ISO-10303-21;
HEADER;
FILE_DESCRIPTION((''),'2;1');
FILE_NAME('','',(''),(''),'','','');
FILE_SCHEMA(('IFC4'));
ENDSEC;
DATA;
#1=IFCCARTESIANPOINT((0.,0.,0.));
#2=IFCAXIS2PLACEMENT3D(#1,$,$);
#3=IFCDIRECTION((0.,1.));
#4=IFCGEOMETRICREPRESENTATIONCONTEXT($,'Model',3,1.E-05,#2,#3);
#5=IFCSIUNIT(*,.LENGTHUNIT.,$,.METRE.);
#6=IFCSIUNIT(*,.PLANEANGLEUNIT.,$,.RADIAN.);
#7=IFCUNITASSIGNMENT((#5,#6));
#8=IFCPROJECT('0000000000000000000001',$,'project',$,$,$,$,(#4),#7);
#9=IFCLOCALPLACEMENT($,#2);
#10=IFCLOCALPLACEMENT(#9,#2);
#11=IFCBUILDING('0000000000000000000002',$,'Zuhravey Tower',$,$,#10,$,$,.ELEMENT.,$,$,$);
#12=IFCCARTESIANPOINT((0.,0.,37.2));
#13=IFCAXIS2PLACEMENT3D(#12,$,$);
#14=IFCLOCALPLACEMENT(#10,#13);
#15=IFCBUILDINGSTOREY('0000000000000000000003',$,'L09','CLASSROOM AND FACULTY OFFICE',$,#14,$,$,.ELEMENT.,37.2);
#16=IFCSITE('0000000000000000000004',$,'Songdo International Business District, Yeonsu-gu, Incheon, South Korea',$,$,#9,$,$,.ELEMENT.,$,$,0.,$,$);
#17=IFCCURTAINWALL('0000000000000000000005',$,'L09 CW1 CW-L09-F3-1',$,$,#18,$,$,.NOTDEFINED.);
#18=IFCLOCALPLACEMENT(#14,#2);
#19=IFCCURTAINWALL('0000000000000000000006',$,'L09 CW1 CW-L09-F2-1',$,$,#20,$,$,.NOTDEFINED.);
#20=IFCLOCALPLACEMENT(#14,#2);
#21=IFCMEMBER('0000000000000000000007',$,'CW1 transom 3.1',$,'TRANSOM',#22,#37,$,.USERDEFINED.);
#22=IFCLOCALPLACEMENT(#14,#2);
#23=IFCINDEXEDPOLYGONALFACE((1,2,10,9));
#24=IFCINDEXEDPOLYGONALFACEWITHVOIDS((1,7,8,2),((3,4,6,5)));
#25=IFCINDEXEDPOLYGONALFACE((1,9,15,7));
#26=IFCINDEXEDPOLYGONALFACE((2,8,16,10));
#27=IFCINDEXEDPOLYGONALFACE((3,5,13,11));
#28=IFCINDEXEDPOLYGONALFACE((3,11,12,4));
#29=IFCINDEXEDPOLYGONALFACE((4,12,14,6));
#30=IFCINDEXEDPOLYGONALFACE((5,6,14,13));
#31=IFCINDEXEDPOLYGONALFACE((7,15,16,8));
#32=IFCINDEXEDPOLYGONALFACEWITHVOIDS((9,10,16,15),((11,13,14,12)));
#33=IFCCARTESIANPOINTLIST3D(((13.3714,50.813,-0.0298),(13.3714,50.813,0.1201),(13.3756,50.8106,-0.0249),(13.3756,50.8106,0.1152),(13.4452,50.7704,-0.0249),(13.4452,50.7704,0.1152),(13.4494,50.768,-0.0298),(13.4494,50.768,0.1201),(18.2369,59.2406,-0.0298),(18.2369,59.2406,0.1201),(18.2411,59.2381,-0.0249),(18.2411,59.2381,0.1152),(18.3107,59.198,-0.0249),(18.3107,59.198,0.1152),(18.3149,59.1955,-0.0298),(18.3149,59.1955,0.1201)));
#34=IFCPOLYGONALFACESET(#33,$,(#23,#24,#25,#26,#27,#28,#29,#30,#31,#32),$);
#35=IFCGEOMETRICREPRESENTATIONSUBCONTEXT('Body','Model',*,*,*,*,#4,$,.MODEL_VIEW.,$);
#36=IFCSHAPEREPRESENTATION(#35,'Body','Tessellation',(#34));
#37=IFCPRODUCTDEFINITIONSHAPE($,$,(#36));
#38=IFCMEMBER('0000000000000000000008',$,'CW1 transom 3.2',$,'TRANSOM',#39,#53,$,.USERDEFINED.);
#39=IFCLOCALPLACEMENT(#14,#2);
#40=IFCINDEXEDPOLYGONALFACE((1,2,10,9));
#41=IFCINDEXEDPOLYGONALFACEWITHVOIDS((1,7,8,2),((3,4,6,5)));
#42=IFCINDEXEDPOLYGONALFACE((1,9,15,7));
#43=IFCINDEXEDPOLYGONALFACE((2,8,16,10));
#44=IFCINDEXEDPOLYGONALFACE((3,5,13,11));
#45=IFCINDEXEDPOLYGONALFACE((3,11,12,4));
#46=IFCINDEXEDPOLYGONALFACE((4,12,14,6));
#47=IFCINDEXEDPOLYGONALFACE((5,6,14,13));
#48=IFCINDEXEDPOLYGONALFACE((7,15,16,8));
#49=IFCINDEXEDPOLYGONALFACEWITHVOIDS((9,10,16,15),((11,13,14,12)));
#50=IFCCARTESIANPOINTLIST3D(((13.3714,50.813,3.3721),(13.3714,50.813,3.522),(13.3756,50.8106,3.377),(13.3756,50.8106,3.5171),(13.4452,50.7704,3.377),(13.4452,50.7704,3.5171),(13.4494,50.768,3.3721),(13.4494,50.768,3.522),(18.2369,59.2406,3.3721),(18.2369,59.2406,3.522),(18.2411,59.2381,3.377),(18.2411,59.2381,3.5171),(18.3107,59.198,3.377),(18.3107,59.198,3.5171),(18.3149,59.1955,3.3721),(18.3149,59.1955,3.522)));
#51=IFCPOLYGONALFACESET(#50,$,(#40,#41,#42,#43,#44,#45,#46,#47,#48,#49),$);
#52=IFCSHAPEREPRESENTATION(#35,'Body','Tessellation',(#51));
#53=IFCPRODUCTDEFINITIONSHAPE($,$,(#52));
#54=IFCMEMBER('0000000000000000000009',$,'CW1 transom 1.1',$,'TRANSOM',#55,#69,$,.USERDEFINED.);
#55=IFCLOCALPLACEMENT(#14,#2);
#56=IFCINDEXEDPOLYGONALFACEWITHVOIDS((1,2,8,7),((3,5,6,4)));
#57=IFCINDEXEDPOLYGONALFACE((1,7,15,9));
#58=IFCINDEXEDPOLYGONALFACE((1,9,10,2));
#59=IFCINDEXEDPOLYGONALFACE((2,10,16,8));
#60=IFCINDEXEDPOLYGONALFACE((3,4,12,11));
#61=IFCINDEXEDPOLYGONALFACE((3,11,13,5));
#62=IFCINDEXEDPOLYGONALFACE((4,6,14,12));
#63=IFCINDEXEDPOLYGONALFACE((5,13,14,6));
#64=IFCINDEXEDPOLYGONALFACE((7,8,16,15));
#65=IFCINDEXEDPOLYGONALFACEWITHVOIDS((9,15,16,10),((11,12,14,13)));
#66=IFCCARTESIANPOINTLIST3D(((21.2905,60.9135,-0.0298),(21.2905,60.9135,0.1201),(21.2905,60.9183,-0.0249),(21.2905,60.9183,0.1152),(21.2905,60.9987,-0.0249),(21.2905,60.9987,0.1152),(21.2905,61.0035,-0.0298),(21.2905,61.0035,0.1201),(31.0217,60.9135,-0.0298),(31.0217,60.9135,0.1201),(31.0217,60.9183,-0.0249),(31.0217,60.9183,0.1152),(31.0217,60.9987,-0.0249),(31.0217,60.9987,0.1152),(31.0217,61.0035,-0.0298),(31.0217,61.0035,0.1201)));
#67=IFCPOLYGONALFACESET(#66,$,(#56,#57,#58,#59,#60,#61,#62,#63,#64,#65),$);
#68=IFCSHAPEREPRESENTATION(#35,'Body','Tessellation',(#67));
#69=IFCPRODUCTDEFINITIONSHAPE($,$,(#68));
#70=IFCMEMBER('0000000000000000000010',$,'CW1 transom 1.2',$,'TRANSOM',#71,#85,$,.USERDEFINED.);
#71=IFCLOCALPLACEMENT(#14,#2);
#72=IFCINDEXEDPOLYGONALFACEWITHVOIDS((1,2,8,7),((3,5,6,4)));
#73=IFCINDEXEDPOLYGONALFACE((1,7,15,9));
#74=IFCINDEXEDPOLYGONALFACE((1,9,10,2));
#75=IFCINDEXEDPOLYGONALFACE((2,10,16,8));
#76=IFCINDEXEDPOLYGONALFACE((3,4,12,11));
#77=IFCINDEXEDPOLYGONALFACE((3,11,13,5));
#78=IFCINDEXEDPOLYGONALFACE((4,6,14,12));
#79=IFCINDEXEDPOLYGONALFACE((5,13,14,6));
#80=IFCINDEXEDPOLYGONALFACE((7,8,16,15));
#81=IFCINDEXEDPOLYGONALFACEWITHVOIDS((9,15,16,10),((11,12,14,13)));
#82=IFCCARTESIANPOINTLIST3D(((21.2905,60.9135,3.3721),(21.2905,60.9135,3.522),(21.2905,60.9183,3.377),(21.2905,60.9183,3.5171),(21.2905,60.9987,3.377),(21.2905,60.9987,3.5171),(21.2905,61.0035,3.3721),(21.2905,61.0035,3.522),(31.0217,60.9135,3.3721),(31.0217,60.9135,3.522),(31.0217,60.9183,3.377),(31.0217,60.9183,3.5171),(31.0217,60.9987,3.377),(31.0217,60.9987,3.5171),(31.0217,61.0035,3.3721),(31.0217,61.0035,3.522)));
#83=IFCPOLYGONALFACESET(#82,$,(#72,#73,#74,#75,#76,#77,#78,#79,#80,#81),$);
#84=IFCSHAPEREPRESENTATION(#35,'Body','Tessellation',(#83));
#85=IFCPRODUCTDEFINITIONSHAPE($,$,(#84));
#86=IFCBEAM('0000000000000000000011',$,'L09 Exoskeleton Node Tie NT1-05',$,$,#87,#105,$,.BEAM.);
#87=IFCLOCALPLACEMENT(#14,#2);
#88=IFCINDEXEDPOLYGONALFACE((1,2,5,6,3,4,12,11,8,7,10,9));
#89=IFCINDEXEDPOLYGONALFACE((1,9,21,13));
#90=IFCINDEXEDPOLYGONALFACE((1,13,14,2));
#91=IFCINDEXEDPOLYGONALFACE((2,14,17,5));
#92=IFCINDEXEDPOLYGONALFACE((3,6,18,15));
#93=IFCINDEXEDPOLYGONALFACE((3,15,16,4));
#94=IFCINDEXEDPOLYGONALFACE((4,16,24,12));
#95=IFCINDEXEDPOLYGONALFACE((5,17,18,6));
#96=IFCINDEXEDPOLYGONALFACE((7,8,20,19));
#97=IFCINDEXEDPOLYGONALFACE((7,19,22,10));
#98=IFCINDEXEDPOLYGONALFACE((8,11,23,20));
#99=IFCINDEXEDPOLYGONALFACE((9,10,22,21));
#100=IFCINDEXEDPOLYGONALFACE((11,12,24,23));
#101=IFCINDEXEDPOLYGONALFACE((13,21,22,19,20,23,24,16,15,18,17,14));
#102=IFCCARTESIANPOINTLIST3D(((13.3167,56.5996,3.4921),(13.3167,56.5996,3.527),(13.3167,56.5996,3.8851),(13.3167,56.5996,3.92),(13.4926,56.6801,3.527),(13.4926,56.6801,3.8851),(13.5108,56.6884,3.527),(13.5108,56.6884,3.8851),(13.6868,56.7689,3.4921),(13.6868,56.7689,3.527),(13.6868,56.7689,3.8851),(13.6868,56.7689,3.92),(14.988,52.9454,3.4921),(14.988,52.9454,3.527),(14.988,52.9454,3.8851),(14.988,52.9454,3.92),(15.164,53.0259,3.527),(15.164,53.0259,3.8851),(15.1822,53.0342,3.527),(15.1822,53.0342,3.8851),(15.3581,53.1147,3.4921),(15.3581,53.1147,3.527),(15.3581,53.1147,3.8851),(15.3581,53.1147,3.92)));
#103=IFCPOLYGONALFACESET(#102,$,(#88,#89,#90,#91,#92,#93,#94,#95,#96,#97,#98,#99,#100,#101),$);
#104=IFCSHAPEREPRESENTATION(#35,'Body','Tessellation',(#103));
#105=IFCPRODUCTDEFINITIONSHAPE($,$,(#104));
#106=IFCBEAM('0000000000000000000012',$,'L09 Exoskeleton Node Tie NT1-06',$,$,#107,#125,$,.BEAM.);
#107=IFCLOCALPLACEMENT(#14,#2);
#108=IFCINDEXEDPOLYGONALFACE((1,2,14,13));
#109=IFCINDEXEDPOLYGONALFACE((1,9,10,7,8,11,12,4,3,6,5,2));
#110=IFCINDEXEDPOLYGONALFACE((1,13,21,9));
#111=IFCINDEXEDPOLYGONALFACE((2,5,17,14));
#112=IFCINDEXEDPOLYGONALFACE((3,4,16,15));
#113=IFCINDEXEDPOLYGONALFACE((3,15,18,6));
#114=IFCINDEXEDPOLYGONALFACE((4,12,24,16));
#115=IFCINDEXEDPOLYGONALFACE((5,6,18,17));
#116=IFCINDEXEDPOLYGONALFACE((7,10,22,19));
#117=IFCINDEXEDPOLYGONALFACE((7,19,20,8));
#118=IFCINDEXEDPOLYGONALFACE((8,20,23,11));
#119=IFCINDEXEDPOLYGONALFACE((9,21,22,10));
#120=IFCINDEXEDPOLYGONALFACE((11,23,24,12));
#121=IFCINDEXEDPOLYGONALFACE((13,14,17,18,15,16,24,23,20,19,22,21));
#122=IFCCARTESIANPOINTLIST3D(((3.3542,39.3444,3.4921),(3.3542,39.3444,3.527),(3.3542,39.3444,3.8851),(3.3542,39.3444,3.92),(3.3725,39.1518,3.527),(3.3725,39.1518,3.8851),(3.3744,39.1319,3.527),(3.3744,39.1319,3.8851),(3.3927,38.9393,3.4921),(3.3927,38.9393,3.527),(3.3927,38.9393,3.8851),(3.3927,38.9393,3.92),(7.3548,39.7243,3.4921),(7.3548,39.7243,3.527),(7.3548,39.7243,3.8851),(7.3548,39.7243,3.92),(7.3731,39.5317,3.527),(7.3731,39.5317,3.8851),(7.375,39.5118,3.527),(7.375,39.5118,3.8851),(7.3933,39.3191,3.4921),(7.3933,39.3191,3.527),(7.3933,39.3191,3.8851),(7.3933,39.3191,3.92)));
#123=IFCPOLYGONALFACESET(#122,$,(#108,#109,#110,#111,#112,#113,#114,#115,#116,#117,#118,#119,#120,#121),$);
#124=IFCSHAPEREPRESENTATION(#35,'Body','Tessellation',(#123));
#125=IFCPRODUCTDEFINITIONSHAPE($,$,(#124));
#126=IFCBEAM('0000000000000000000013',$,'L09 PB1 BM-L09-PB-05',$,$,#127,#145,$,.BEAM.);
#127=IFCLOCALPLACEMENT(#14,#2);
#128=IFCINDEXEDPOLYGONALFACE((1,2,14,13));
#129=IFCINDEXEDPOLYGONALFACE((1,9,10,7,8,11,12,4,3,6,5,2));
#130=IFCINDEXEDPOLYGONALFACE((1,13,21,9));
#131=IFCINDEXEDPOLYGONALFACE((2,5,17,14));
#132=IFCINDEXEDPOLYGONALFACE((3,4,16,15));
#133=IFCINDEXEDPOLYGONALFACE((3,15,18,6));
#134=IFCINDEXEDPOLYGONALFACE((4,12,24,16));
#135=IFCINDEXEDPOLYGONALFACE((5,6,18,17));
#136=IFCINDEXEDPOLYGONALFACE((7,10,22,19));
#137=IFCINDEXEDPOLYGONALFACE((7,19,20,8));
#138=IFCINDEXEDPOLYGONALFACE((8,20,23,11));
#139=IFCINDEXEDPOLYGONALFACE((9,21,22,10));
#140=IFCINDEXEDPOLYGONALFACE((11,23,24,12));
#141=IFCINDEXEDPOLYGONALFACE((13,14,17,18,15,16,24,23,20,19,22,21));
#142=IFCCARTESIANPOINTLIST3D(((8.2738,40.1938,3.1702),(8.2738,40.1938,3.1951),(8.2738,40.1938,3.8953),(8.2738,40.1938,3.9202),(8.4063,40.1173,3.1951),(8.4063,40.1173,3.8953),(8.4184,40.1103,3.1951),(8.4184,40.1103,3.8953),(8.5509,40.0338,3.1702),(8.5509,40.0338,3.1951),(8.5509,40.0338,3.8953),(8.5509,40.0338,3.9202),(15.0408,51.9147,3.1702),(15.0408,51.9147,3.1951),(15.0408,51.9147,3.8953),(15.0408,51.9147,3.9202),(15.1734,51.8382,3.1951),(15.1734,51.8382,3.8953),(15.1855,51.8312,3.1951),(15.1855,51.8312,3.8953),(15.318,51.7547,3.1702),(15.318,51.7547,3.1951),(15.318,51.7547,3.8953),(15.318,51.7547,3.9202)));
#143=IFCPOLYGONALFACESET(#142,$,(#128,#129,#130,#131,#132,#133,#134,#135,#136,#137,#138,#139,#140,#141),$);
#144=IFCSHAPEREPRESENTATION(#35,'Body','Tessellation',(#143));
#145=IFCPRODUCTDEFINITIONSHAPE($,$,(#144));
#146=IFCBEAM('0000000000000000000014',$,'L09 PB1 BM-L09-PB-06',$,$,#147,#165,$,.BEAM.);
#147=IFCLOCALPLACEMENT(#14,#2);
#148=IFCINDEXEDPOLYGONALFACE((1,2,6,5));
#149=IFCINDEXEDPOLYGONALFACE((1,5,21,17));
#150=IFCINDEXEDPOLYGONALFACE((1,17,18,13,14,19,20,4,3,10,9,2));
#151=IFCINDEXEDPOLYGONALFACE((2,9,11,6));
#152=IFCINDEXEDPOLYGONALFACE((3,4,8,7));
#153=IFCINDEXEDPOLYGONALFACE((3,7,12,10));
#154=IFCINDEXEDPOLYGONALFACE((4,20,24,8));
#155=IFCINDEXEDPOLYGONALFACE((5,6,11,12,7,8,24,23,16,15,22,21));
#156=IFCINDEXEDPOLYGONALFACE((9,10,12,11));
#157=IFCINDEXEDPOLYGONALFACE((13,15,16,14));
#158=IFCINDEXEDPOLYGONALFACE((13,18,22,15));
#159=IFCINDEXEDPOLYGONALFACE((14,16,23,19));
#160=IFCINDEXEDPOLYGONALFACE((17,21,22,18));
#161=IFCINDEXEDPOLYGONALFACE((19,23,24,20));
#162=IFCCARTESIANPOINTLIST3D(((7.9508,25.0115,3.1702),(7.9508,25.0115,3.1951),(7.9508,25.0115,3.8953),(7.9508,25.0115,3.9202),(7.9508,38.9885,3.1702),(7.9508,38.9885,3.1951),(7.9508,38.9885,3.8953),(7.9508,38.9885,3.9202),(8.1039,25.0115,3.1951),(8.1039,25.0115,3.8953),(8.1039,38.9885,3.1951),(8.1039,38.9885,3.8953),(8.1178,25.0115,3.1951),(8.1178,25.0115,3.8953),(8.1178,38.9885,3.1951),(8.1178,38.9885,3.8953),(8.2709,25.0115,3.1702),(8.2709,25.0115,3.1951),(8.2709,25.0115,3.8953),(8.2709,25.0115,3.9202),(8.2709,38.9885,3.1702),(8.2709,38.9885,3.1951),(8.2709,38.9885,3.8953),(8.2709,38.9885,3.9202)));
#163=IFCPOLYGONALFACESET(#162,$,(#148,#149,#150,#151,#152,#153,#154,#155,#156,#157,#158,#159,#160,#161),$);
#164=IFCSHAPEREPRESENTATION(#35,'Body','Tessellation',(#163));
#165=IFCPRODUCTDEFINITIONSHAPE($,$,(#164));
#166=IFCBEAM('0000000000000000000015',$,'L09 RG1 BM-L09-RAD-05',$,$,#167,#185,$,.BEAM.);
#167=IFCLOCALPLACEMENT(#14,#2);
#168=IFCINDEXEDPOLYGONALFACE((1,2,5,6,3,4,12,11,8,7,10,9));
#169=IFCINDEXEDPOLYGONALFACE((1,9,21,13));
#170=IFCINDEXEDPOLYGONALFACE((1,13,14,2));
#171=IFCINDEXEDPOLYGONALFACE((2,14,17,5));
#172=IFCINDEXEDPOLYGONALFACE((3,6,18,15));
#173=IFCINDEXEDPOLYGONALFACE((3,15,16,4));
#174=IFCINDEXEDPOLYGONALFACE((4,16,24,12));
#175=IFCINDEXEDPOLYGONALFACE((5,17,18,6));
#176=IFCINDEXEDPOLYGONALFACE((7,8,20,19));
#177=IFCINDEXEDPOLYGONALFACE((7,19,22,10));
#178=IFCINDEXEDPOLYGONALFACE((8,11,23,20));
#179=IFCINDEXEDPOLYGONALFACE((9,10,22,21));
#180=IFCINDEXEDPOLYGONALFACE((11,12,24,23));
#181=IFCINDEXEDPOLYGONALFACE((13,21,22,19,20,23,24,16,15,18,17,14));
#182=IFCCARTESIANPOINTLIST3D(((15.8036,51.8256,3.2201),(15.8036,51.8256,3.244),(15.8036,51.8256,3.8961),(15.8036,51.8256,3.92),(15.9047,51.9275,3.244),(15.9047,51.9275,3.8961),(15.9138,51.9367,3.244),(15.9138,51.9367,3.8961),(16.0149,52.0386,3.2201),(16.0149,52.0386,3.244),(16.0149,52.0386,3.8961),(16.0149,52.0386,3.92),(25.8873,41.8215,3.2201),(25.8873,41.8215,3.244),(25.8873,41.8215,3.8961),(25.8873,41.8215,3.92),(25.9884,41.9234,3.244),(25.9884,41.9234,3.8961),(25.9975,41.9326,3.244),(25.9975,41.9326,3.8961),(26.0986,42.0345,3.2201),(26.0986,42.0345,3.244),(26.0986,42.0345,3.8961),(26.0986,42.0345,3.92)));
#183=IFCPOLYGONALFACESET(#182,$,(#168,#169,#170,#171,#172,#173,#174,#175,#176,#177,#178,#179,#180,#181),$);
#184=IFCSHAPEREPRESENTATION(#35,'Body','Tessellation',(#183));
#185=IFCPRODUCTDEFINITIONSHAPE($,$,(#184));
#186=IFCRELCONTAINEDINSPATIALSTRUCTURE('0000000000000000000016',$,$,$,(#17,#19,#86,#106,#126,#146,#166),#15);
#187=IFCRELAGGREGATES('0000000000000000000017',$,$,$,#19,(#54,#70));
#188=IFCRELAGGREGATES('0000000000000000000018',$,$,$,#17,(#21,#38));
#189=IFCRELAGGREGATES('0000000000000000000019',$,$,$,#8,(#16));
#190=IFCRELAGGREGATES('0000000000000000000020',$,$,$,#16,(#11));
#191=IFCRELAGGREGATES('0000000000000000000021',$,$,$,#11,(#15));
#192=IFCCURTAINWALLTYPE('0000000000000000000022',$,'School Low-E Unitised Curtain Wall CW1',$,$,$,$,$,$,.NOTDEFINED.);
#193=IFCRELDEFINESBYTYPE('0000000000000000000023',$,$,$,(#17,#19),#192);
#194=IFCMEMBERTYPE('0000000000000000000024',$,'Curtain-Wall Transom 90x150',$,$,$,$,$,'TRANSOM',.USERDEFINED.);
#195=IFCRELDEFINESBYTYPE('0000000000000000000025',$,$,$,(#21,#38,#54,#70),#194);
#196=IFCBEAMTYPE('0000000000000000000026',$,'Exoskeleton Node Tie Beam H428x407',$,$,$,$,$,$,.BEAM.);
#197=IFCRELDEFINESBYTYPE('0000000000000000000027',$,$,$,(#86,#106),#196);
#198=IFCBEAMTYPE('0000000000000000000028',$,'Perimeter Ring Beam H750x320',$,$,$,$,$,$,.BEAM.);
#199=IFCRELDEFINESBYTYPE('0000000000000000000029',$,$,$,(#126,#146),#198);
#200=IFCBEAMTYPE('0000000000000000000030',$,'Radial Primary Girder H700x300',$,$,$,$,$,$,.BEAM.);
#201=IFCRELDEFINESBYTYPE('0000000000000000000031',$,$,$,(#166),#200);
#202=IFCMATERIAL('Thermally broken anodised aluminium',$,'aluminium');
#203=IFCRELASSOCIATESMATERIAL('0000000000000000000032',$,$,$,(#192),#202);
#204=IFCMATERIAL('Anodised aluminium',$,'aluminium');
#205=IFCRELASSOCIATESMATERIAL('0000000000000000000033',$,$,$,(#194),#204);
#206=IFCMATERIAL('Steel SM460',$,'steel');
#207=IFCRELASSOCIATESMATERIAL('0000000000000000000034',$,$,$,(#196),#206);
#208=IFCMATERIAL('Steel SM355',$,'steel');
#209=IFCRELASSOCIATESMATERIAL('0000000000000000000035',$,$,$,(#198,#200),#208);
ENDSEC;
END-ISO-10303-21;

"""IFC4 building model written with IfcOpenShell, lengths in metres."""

from ifc_helpers import new_model, si_unit, direction, frame, origin, origin_2d, place, context, subcontext, project, spatial, hollow_rectangle, i_section, extrude, material, material_profile, profile_set, type_object, element, aggregate, save


model = new_model("IFC4")

# Units and contexts
model_context = context("Model", 3, precision=1e-05, world=origin(), true_north=direction((0.0, 1.0)))
body_context = subcontext(model_context, "Body", "Model", "MODEL_VIEW")
ifc_project = project(units=[si_unit("LENGTHUNIT", "METRE"), si_unit("PLANEANGLEUNIT", "RADIAN")], contexts=[model_context])

# Site, building, storey
site_placement = place(None, origin())
site = spatial("IfcSite", under=ifc_project, at=site_placement, Name="Songdo International Business District, Yeonsu-gu, Incheon, South Korea", CompositionType="ELEMENT", RefElevation=0.0)
building_placement = place(site_placement, origin())
building = spatial("IfcBuilding", under=site, at=building_placement, Name="Zuhravey Tower", CompositionType="ELEMENT")
storey_placement = place(building_placement, frame((0.0, 0.0, 37.2)))
storey = spatial("IfcBuildingStorey", under=building, at=storey_placement, Name="L09", Description="CLASSROOM AND FACULTY OFFICE", CompositionType="ELEMENT", Elevation=37.2)

# Curtain wall
ifc_material_1 = material(Name="Thermally broken anodised aluminium", Category="aluminium")
curtain_wall_type = type_object("IfcCurtainWallType", Name="School Low-E Unitised Curtain Wall CW1", PredefinedType="NOTDEFINED", material=ifc_material_1)
curtain_wall_1_placement = place(storey_placement, origin())
curtain_wall_1 = element("IfcCurtainWall", 1, at=curtain_wall_1_placement, inside=storey, type_object=curtain_wall_type, Name="L09 CW1 CW-L09-F3-1", PredefinedType="NOTDEFINED")
ifc_material_2 = material(Name="Anodised aluminium", Category="aluminium")

# Curtain wall
curtain_wall_2_placement = place(storey_placement, origin())
curtain_wall_2 = element("IfcCurtainWall", 2, at=curtain_wall_2_placement, inside=storey, type_object=curtain_wall_type, Name="L09 CW1 CW-L09-F2-1", PredefinedType="NOTDEFINED")

# Members
ifc_material_profile_1 = material_profile(ifc_material_2, hollow_rectangle(XDim=0.0901, YDim=0.1499, WallThickness=0.0049, at=origin_2d()), Name="ALU-RHS-90x150x5")
ifc_profile_set_1 = profile_set([ifc_material_profile_1], Name="Anodised aluminium")
member_type_1 = type_object("IfcMemberType", Name="Curtain-Wall Transom 90x150", ElementType="TRANSOM", PredefinedType="USERDEFINED", material=ifc_profile_set_1)
member_1_placement = place(storey_placement, frame((13.4104, 50.7905, 0.0452), z_axis=(0.49999, 0.866031, 0.0), x_axis=(-0.866031, 0.49999, 0.0)))
member_1 = element("IfcMember", 3, at=member_1_placement, type_object=member_type_1, Name="CW1 transom 3.1", ObjectType="TRANSOM", PredefinedType="USERDEFINED", context=body_context, shape_type="SweptSolid", body=[
    extrude(hollow_rectangle(XDim=0.0901, YDim=0.1499, WallThickness=0.0049, at=origin_2d()), origin(), (0.0, 0.0, 1.0), 9.7312),
])
member_2_placement = place(storey_placement, frame((13.4104, 50.7905, 3.447), z_axis=(0.49999, 0.866031, 0.0), x_axis=(-0.866031, 0.49999, 0.0)))
member_2 = element("IfcMember", 4, at=member_2_placement, type_object=member_type_1, Name="CW1 transom 3.2", ObjectType="TRANSOM", PredefinedType="USERDEFINED", context=body_context, shape_type="SweptSolid", body=[
    extrude(hollow_rectangle(XDim=0.0901, YDim=0.1499, WallThickness=0.0049, at=origin_2d()), origin(), (0.0, 0.0, 1.0), 9.7312),
])
member_3_placement = place(storey_placement, frame((21.2905, 60.9585, 0.0452), z_axis=(1.0, 0.0, 0.0), x_axis=(0.0, 1.0, 0.0)))
member_3 = element("IfcMember", 5, at=member_3_placement, type_object=member_type_1, Name="CW1 transom 1.1", ObjectType="TRANSOM", PredefinedType="USERDEFINED", context=body_context, shape_type="SweptSolid", body=[
    extrude(hollow_rectangle(XDim=0.0901, YDim=0.1499, WallThickness=0.0049, at=origin_2d()), origin(), (0.0, 0.0, 1.0), 9.7312),
])
member_4_placement = place(storey_placement, frame((21.2905, 60.9585, 3.447), z_axis=(1.0, 0.0, 0.0), x_axis=(0.0, 1.0, 0.0)))
member_4 = element("IfcMember", 6, at=member_4_placement, type_object=member_type_1, Name="CW1 transom 1.2", ObjectType="TRANSOM", PredefinedType="USERDEFINED", context=body_context, shape_type="SweptSolid", body=[
    extrude(hollow_rectangle(XDim=0.0901, YDim=0.1499, WallThickness=0.0049, at=origin_2d()), origin(), (0.0, 0.0, 1.0), 9.7312),
])
aggregate(curtain_wall_2, [member_3, member_4])

# Beams
ifc_material_3 = material(Name="Steel SM460", Category="steel")
ifc_material_profile_2 = material_profile(ifc_material_3, i_section(OverallWidth=0.407, OverallDepth=0.428, WebThickness=0.02, FlangeThickness=0.0349, at=origin_2d()), Name="H-428x407x20x35")
ifc_profile_set_2 = profile_set([ifc_material_profile_2], Name="Steel SM460")
beam_type_1 = type_object("IfcBeamType", Name="Exoskeleton Node Tie Beam H428x407", PredefinedType="BEAM", material=ifc_profile_set_2)
beam_1_placement = place(storey_placement, frame((15.1731, 53.03, 3.7061), z_axis=(-0.415935, 0.909394, 0.0), x_axis=(-0.909394, -0.415935, 0.0)))
element("IfcBeam", 7, at=beam_1_placement, inside=storey, type_object=beam_type_1, Name="L09 Exoskeleton Node Tie NT1-05", PredefinedType="BEAM", context=body_context, shape_type="SweptSolid", body=[
    extrude(i_section(OverallWidth=0.407, OverallDepth=0.428, WebThickness=0.02, FlangeThickness=0.0349, at=origin_2d()), origin(), (0.0, 0.0, 1.0), 4.0183),
])
beam_2_placement = place(storey_placement, frame((7.374, 39.5217, 3.7061), z_axis=(-0.995522, -0.094534, 0.0), x_axis=(0.094534, -0.995522, 0.0)))
element("IfcBeam", 8, at=beam_2_placement, inside=storey, type_object=beam_type_1, Name="L09 Exoskeleton Node Tie NT1-06", PredefinedType="BEAM", context=body_context, shape_type="SweptSolid", body=[
    extrude(i_section(OverallWidth=0.407, OverallDepth=0.428, WebThickness=0.02, FlangeThickness=0.0349, at=origin_2d()), origin(), (0.0, 0.0, 1.0), 4.0186),
])
ifc_material_4 = material(Name="Steel SM355", Category="steel")
ifc_material_profile_3 = material_profile(ifc_material_4, i_section(OverallWidth=0.3201, OverallDepth=0.75, WebThickness=0.0139, FlangeThickness=0.0249, at=origin_2d()), Name="H-750x320x14x25")
ifc_profile_set_3 = profile_set([ifc_material_profile_3], Name="Steel SM355")
beam_type_2 = type_object("IfcBeamType", Name="Perimeter Ring Beam H750x320", PredefinedType="BEAM", material=ifc_profile_set_3)
beam_3_placement = place(storey_placement, frame((15.1794, 51.8347, 3.5452), z_axis=(-0.5, -0.866025, 0.0), x_axis=(0.866025, -0.5, 0.0)))
element("IfcBeam", 9, at=beam_3_placement, inside=storey, type_object=beam_type_2, Name="L09 PB1 BM-L09-PB-05", PredefinedType="BEAM", context=body_context, shape_type="SweptSolid", body=[
    extrude(i_section(OverallWidth=0.3201, OverallDepth=0.75, WebThickness=0.0139, FlangeThickness=0.0249, at=origin_2d()), origin(), (0.0, 0.0, 1.0), 13.5342),
])
beam_4_placement = place(storey_placement, frame((8.1108, 38.9885, 3.5452), z_axis=(0.0, -1.0, 0.0), x_axis=(1.0, 0.0, 0.0)))
element("IfcBeam", 10, at=beam_4_placement, inside=storey, type_object=beam_type_2, Name="L09 PB1 BM-L09-PB-06", PredefinedType="BEAM", context=body_context, shape_type="SweptSolid", body=[
    extrude(i_section(OverallWidth=0.3201, OverallDepth=0.75, WebThickness=0.0139, FlangeThickness=0.0249, at=origin_2d()), origin(), (0.0, 0.0, 1.0), 13.9771),
])
ifc_material_profile_4 = material_profile(ifc_material_4, i_section(OverallWidth=0.3, OverallDepth=0.7, WebThickness=0.0129, FlangeThickness=0.0239, at=origin_2d()), Name="H-700x300x13x24")
ifc_profile_set_4 = profile_set([ifc_material_profile_4], Name="Steel SM355")
beam_type_3 = type_object("IfcBeamType", Name="Radial Primary Girder H700x300", PredefinedType="BEAM", material=ifc_profile_set_4)
beam_5_placement = place(storey_placement, frame((25.9929, 41.928, 3.5701), z_axis=(-0.709903, 0.7043, 0.0), x_axis=(-0.7043, -0.709903, 0.0)))
element("IfcBeam", 11, at=beam_5_placement, inside=storey, type_object=beam_type_3, Name="L09 RG1 BM-L09-RAD-05", PredefinedType="BEAM", context=body_context, shape_type="SweptSolid", body=[
    extrude(i_section(OverallWidth=0.3, OverallDepth=0.7, WebThickness=0.0129, FlangeThickness=0.0239, at=origin_2d()), origin(), (0.0, 0.0, 1.0), 14.2043),
])

aggregate(curtain_wall_1, [member_1, member_2])

save(model, "model.ifc")
